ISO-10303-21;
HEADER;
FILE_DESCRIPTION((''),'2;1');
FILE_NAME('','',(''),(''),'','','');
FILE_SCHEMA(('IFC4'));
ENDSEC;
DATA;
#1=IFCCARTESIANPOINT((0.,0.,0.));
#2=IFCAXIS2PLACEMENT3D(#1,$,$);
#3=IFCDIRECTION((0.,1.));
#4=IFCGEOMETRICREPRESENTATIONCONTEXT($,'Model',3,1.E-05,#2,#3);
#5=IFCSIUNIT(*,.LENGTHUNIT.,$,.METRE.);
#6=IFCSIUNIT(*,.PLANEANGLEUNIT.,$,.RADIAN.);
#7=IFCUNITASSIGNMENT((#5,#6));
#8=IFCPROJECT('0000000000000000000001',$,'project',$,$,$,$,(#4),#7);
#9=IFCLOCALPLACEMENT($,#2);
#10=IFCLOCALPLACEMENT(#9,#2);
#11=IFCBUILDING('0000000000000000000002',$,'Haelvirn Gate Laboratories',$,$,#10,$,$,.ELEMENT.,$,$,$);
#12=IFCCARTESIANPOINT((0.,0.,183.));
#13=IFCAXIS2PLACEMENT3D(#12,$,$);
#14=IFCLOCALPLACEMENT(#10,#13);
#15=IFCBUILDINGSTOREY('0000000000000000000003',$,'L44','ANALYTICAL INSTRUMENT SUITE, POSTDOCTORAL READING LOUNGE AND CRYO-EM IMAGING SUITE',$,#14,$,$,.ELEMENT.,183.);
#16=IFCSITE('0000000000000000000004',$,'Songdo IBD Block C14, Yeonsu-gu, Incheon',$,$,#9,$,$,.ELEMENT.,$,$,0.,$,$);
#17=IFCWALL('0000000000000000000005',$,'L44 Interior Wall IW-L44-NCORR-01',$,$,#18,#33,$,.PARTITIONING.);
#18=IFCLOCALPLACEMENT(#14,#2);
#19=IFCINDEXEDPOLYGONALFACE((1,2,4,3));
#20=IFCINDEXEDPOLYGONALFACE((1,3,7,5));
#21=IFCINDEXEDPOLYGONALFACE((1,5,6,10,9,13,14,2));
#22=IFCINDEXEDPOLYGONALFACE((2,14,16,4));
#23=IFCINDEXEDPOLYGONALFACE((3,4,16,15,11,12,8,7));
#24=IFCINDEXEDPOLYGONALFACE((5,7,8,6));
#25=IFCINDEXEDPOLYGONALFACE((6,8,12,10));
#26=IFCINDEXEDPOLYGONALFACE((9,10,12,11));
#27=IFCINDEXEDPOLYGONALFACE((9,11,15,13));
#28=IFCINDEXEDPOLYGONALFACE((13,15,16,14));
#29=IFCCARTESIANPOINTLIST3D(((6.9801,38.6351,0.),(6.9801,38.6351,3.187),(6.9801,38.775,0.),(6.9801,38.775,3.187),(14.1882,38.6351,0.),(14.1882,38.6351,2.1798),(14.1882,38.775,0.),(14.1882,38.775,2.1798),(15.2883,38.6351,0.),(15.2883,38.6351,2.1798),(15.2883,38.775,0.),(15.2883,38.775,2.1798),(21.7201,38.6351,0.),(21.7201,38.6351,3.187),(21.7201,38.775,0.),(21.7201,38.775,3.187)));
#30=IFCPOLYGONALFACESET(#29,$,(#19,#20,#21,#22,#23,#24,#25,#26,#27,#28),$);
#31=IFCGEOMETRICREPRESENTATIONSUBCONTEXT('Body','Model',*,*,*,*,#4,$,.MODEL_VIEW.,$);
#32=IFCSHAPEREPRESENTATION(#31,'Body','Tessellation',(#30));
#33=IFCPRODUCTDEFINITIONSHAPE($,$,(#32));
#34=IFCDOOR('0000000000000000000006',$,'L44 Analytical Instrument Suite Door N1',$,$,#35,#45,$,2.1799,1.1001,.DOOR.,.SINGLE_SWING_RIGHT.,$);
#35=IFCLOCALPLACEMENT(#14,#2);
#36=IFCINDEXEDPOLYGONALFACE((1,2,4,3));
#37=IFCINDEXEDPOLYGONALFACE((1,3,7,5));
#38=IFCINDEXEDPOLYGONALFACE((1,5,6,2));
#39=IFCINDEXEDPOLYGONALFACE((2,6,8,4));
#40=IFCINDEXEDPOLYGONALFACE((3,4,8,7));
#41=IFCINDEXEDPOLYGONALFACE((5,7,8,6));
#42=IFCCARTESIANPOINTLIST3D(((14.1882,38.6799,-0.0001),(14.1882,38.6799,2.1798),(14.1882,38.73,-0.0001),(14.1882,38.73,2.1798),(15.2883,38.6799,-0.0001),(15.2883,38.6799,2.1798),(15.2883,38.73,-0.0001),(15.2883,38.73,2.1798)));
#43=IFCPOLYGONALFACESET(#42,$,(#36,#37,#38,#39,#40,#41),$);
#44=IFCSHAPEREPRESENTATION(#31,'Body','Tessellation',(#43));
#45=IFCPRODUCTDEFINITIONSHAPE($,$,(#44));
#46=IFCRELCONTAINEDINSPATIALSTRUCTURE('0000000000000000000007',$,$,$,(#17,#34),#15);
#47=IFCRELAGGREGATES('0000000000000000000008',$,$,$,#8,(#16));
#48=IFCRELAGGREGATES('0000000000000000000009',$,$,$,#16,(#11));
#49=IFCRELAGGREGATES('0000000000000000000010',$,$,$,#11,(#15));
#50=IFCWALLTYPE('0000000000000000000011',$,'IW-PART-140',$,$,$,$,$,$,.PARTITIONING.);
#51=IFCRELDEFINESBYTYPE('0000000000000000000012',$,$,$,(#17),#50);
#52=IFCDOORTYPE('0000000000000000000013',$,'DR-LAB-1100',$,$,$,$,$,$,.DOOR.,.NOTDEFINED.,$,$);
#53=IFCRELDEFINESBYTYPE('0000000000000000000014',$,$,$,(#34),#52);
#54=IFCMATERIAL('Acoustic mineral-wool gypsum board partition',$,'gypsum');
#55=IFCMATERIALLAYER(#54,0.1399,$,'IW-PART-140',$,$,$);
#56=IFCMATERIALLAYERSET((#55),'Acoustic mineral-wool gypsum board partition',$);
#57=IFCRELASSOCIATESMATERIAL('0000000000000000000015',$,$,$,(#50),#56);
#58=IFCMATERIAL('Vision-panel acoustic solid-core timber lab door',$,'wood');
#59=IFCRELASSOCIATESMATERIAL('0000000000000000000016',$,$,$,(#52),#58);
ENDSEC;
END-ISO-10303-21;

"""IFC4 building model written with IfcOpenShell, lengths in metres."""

from ifc_helpers import new_model, si_unit, direction, frame, frame_2d, origin, place, context, subcontext, project, spatial, rectangle, extrude, source, transform, mapped, material, layer, layer_set, type_object, type_shapes, element, fill, save


model = new_model("IFC4")

# Units and contexts
model_context = context("Model", 3, precision=1e-05, world=origin(), true_north=direction((0.0, 1.0)))
body_context = subcontext(model_context, "Body", "Model", "MODEL_VIEW")
ifc_project = project(units=[si_unit("LENGTHUNIT", "METRE"), si_unit("PLANEANGLEUNIT", "RADIAN")], contexts=[model_context])

# Site, building, storey
site_placement = place(None, origin())
site = spatial("IfcSite", under=ifc_project, at=site_placement, Name="Songdo IBD Block C14, Yeonsu-gu, Incheon", CompositionType="ELEMENT", RefElevation=0.0)
building_placement = place(site_placement, origin())
building = spatial("IfcBuilding", under=site, at=building_placement, Name="Haelvirn Gate Laboratories", CompositionType="ELEMENT")
storey_placement = place(building_placement, frame((0.0, 0.0, 183.0)))
storey = spatial("IfcBuildingStorey", under=building, at=storey_placement, Name="L44", Description="ANALYTICAL INSTRUMENT SUITE, POSTDOCTORAL READING LOUNGE AND CRYO-EM IMAGING SUITE", CompositionType="ELEMENT", Elevation=183.0)

# Wall, opening, door
ifc_material_1 = material(Name="Acoustic mineral-wool gypsum board partition", Category="gypsum")
ifc_layer_1 = layer(ifc_material_1, 0.1399, Name="IW-PART-140")
ifc_layer_set_1 = layer_set([ifc_layer_1], Name="Acoustic mineral-wool gypsum board partition")
wall_type_1 = type_object("IfcWallType", Name="IW-PART-140", PredefinedType="PARTITIONING", material=ifc_layer_set_1)
wall_1_placement = place(storey_placement, frame((6.98, 38.7051, 0.0), z_axis=(0.0, 0.0, 1.0), x_axis=(1.0, 0.0, 0.0)))
wall_1 = element("IfcWall", 1, at=wall_1_placement, inside=storey, type_object=wall_type_1, Name="L44 Interior Wall IW-L44-NCORR-01", PredefinedType="PARTITIONING", context=body_context, shape_type="SweptSolid", body=[
    extrude(rectangle(XDim=14.74, YDim=0.1399, at=frame_2d((7.3701, 0.0))), origin(), (0.0, 0.0, 1.0), 3.187),
])
opening_placement = place(wall_1_placement, frame((7.2083, 0.0, 0.0)))
opening = element("IfcOpeningElement", 2, at=opening_placement, cuts=wall_1, PredefinedType="OPENING", context=body_context, shape_type="SweptSolid", body=[
    extrude(rectangle(XDim=1.1001, YDim=2.1799, at=frame_2d((0.55, 1.0898))), frame((0.0, 0.0801, 0.0), z_axis=(0.0, -1.0, 0.0), x_axis=(1.0, 0.0, 0.0)), (0.0, 0.0, 1.0), 0.1599),
])
ifc_material_2 = material(Name="Vision-panel acoustic solid-core timber lab door", Category="wood")
door_type = type_object("IfcDoorType", Name="DR-LAB-1100", OperationType="NOTDEFINED", PredefinedType="DOOR", material=ifc_material_2)
shared_shape_1 = source(origin(), body_context, "Body", "SweptSolid", [
    extrude(rectangle(XDim=1.1001, YDim=2.1799, at=frame_2d((0.55, 1.0898))), frame((0.0, 0.0249, 0.0), z_axis=(0.0, -1.0, 0.0), x_axis=(1.0, 0.0, 0.0)), (0.0, 0.0, 1.0), 0.05),
])
type_shapes(door_type, [shared_shape_1])
door_placement = place(opening_placement, origin())
door = element("IfcDoor", 3, at=door_placement, inside=storey, type_object=door_type, Name="L44 Analytical Instrument Suite Door N1", OperationType="SINGLE_SWING_RIGHT", OverallHeight=2.1799, OverallWidth=1.1001, PredefinedType="DOOR", context=body_context, shape_type="MappedRepresentation", body=[
    mapped(shared_shape_1, transform((0.0, 0.0, 0.0), scale=1.0)),
])
fill(opening, door)

save(model, "model.ifc")
